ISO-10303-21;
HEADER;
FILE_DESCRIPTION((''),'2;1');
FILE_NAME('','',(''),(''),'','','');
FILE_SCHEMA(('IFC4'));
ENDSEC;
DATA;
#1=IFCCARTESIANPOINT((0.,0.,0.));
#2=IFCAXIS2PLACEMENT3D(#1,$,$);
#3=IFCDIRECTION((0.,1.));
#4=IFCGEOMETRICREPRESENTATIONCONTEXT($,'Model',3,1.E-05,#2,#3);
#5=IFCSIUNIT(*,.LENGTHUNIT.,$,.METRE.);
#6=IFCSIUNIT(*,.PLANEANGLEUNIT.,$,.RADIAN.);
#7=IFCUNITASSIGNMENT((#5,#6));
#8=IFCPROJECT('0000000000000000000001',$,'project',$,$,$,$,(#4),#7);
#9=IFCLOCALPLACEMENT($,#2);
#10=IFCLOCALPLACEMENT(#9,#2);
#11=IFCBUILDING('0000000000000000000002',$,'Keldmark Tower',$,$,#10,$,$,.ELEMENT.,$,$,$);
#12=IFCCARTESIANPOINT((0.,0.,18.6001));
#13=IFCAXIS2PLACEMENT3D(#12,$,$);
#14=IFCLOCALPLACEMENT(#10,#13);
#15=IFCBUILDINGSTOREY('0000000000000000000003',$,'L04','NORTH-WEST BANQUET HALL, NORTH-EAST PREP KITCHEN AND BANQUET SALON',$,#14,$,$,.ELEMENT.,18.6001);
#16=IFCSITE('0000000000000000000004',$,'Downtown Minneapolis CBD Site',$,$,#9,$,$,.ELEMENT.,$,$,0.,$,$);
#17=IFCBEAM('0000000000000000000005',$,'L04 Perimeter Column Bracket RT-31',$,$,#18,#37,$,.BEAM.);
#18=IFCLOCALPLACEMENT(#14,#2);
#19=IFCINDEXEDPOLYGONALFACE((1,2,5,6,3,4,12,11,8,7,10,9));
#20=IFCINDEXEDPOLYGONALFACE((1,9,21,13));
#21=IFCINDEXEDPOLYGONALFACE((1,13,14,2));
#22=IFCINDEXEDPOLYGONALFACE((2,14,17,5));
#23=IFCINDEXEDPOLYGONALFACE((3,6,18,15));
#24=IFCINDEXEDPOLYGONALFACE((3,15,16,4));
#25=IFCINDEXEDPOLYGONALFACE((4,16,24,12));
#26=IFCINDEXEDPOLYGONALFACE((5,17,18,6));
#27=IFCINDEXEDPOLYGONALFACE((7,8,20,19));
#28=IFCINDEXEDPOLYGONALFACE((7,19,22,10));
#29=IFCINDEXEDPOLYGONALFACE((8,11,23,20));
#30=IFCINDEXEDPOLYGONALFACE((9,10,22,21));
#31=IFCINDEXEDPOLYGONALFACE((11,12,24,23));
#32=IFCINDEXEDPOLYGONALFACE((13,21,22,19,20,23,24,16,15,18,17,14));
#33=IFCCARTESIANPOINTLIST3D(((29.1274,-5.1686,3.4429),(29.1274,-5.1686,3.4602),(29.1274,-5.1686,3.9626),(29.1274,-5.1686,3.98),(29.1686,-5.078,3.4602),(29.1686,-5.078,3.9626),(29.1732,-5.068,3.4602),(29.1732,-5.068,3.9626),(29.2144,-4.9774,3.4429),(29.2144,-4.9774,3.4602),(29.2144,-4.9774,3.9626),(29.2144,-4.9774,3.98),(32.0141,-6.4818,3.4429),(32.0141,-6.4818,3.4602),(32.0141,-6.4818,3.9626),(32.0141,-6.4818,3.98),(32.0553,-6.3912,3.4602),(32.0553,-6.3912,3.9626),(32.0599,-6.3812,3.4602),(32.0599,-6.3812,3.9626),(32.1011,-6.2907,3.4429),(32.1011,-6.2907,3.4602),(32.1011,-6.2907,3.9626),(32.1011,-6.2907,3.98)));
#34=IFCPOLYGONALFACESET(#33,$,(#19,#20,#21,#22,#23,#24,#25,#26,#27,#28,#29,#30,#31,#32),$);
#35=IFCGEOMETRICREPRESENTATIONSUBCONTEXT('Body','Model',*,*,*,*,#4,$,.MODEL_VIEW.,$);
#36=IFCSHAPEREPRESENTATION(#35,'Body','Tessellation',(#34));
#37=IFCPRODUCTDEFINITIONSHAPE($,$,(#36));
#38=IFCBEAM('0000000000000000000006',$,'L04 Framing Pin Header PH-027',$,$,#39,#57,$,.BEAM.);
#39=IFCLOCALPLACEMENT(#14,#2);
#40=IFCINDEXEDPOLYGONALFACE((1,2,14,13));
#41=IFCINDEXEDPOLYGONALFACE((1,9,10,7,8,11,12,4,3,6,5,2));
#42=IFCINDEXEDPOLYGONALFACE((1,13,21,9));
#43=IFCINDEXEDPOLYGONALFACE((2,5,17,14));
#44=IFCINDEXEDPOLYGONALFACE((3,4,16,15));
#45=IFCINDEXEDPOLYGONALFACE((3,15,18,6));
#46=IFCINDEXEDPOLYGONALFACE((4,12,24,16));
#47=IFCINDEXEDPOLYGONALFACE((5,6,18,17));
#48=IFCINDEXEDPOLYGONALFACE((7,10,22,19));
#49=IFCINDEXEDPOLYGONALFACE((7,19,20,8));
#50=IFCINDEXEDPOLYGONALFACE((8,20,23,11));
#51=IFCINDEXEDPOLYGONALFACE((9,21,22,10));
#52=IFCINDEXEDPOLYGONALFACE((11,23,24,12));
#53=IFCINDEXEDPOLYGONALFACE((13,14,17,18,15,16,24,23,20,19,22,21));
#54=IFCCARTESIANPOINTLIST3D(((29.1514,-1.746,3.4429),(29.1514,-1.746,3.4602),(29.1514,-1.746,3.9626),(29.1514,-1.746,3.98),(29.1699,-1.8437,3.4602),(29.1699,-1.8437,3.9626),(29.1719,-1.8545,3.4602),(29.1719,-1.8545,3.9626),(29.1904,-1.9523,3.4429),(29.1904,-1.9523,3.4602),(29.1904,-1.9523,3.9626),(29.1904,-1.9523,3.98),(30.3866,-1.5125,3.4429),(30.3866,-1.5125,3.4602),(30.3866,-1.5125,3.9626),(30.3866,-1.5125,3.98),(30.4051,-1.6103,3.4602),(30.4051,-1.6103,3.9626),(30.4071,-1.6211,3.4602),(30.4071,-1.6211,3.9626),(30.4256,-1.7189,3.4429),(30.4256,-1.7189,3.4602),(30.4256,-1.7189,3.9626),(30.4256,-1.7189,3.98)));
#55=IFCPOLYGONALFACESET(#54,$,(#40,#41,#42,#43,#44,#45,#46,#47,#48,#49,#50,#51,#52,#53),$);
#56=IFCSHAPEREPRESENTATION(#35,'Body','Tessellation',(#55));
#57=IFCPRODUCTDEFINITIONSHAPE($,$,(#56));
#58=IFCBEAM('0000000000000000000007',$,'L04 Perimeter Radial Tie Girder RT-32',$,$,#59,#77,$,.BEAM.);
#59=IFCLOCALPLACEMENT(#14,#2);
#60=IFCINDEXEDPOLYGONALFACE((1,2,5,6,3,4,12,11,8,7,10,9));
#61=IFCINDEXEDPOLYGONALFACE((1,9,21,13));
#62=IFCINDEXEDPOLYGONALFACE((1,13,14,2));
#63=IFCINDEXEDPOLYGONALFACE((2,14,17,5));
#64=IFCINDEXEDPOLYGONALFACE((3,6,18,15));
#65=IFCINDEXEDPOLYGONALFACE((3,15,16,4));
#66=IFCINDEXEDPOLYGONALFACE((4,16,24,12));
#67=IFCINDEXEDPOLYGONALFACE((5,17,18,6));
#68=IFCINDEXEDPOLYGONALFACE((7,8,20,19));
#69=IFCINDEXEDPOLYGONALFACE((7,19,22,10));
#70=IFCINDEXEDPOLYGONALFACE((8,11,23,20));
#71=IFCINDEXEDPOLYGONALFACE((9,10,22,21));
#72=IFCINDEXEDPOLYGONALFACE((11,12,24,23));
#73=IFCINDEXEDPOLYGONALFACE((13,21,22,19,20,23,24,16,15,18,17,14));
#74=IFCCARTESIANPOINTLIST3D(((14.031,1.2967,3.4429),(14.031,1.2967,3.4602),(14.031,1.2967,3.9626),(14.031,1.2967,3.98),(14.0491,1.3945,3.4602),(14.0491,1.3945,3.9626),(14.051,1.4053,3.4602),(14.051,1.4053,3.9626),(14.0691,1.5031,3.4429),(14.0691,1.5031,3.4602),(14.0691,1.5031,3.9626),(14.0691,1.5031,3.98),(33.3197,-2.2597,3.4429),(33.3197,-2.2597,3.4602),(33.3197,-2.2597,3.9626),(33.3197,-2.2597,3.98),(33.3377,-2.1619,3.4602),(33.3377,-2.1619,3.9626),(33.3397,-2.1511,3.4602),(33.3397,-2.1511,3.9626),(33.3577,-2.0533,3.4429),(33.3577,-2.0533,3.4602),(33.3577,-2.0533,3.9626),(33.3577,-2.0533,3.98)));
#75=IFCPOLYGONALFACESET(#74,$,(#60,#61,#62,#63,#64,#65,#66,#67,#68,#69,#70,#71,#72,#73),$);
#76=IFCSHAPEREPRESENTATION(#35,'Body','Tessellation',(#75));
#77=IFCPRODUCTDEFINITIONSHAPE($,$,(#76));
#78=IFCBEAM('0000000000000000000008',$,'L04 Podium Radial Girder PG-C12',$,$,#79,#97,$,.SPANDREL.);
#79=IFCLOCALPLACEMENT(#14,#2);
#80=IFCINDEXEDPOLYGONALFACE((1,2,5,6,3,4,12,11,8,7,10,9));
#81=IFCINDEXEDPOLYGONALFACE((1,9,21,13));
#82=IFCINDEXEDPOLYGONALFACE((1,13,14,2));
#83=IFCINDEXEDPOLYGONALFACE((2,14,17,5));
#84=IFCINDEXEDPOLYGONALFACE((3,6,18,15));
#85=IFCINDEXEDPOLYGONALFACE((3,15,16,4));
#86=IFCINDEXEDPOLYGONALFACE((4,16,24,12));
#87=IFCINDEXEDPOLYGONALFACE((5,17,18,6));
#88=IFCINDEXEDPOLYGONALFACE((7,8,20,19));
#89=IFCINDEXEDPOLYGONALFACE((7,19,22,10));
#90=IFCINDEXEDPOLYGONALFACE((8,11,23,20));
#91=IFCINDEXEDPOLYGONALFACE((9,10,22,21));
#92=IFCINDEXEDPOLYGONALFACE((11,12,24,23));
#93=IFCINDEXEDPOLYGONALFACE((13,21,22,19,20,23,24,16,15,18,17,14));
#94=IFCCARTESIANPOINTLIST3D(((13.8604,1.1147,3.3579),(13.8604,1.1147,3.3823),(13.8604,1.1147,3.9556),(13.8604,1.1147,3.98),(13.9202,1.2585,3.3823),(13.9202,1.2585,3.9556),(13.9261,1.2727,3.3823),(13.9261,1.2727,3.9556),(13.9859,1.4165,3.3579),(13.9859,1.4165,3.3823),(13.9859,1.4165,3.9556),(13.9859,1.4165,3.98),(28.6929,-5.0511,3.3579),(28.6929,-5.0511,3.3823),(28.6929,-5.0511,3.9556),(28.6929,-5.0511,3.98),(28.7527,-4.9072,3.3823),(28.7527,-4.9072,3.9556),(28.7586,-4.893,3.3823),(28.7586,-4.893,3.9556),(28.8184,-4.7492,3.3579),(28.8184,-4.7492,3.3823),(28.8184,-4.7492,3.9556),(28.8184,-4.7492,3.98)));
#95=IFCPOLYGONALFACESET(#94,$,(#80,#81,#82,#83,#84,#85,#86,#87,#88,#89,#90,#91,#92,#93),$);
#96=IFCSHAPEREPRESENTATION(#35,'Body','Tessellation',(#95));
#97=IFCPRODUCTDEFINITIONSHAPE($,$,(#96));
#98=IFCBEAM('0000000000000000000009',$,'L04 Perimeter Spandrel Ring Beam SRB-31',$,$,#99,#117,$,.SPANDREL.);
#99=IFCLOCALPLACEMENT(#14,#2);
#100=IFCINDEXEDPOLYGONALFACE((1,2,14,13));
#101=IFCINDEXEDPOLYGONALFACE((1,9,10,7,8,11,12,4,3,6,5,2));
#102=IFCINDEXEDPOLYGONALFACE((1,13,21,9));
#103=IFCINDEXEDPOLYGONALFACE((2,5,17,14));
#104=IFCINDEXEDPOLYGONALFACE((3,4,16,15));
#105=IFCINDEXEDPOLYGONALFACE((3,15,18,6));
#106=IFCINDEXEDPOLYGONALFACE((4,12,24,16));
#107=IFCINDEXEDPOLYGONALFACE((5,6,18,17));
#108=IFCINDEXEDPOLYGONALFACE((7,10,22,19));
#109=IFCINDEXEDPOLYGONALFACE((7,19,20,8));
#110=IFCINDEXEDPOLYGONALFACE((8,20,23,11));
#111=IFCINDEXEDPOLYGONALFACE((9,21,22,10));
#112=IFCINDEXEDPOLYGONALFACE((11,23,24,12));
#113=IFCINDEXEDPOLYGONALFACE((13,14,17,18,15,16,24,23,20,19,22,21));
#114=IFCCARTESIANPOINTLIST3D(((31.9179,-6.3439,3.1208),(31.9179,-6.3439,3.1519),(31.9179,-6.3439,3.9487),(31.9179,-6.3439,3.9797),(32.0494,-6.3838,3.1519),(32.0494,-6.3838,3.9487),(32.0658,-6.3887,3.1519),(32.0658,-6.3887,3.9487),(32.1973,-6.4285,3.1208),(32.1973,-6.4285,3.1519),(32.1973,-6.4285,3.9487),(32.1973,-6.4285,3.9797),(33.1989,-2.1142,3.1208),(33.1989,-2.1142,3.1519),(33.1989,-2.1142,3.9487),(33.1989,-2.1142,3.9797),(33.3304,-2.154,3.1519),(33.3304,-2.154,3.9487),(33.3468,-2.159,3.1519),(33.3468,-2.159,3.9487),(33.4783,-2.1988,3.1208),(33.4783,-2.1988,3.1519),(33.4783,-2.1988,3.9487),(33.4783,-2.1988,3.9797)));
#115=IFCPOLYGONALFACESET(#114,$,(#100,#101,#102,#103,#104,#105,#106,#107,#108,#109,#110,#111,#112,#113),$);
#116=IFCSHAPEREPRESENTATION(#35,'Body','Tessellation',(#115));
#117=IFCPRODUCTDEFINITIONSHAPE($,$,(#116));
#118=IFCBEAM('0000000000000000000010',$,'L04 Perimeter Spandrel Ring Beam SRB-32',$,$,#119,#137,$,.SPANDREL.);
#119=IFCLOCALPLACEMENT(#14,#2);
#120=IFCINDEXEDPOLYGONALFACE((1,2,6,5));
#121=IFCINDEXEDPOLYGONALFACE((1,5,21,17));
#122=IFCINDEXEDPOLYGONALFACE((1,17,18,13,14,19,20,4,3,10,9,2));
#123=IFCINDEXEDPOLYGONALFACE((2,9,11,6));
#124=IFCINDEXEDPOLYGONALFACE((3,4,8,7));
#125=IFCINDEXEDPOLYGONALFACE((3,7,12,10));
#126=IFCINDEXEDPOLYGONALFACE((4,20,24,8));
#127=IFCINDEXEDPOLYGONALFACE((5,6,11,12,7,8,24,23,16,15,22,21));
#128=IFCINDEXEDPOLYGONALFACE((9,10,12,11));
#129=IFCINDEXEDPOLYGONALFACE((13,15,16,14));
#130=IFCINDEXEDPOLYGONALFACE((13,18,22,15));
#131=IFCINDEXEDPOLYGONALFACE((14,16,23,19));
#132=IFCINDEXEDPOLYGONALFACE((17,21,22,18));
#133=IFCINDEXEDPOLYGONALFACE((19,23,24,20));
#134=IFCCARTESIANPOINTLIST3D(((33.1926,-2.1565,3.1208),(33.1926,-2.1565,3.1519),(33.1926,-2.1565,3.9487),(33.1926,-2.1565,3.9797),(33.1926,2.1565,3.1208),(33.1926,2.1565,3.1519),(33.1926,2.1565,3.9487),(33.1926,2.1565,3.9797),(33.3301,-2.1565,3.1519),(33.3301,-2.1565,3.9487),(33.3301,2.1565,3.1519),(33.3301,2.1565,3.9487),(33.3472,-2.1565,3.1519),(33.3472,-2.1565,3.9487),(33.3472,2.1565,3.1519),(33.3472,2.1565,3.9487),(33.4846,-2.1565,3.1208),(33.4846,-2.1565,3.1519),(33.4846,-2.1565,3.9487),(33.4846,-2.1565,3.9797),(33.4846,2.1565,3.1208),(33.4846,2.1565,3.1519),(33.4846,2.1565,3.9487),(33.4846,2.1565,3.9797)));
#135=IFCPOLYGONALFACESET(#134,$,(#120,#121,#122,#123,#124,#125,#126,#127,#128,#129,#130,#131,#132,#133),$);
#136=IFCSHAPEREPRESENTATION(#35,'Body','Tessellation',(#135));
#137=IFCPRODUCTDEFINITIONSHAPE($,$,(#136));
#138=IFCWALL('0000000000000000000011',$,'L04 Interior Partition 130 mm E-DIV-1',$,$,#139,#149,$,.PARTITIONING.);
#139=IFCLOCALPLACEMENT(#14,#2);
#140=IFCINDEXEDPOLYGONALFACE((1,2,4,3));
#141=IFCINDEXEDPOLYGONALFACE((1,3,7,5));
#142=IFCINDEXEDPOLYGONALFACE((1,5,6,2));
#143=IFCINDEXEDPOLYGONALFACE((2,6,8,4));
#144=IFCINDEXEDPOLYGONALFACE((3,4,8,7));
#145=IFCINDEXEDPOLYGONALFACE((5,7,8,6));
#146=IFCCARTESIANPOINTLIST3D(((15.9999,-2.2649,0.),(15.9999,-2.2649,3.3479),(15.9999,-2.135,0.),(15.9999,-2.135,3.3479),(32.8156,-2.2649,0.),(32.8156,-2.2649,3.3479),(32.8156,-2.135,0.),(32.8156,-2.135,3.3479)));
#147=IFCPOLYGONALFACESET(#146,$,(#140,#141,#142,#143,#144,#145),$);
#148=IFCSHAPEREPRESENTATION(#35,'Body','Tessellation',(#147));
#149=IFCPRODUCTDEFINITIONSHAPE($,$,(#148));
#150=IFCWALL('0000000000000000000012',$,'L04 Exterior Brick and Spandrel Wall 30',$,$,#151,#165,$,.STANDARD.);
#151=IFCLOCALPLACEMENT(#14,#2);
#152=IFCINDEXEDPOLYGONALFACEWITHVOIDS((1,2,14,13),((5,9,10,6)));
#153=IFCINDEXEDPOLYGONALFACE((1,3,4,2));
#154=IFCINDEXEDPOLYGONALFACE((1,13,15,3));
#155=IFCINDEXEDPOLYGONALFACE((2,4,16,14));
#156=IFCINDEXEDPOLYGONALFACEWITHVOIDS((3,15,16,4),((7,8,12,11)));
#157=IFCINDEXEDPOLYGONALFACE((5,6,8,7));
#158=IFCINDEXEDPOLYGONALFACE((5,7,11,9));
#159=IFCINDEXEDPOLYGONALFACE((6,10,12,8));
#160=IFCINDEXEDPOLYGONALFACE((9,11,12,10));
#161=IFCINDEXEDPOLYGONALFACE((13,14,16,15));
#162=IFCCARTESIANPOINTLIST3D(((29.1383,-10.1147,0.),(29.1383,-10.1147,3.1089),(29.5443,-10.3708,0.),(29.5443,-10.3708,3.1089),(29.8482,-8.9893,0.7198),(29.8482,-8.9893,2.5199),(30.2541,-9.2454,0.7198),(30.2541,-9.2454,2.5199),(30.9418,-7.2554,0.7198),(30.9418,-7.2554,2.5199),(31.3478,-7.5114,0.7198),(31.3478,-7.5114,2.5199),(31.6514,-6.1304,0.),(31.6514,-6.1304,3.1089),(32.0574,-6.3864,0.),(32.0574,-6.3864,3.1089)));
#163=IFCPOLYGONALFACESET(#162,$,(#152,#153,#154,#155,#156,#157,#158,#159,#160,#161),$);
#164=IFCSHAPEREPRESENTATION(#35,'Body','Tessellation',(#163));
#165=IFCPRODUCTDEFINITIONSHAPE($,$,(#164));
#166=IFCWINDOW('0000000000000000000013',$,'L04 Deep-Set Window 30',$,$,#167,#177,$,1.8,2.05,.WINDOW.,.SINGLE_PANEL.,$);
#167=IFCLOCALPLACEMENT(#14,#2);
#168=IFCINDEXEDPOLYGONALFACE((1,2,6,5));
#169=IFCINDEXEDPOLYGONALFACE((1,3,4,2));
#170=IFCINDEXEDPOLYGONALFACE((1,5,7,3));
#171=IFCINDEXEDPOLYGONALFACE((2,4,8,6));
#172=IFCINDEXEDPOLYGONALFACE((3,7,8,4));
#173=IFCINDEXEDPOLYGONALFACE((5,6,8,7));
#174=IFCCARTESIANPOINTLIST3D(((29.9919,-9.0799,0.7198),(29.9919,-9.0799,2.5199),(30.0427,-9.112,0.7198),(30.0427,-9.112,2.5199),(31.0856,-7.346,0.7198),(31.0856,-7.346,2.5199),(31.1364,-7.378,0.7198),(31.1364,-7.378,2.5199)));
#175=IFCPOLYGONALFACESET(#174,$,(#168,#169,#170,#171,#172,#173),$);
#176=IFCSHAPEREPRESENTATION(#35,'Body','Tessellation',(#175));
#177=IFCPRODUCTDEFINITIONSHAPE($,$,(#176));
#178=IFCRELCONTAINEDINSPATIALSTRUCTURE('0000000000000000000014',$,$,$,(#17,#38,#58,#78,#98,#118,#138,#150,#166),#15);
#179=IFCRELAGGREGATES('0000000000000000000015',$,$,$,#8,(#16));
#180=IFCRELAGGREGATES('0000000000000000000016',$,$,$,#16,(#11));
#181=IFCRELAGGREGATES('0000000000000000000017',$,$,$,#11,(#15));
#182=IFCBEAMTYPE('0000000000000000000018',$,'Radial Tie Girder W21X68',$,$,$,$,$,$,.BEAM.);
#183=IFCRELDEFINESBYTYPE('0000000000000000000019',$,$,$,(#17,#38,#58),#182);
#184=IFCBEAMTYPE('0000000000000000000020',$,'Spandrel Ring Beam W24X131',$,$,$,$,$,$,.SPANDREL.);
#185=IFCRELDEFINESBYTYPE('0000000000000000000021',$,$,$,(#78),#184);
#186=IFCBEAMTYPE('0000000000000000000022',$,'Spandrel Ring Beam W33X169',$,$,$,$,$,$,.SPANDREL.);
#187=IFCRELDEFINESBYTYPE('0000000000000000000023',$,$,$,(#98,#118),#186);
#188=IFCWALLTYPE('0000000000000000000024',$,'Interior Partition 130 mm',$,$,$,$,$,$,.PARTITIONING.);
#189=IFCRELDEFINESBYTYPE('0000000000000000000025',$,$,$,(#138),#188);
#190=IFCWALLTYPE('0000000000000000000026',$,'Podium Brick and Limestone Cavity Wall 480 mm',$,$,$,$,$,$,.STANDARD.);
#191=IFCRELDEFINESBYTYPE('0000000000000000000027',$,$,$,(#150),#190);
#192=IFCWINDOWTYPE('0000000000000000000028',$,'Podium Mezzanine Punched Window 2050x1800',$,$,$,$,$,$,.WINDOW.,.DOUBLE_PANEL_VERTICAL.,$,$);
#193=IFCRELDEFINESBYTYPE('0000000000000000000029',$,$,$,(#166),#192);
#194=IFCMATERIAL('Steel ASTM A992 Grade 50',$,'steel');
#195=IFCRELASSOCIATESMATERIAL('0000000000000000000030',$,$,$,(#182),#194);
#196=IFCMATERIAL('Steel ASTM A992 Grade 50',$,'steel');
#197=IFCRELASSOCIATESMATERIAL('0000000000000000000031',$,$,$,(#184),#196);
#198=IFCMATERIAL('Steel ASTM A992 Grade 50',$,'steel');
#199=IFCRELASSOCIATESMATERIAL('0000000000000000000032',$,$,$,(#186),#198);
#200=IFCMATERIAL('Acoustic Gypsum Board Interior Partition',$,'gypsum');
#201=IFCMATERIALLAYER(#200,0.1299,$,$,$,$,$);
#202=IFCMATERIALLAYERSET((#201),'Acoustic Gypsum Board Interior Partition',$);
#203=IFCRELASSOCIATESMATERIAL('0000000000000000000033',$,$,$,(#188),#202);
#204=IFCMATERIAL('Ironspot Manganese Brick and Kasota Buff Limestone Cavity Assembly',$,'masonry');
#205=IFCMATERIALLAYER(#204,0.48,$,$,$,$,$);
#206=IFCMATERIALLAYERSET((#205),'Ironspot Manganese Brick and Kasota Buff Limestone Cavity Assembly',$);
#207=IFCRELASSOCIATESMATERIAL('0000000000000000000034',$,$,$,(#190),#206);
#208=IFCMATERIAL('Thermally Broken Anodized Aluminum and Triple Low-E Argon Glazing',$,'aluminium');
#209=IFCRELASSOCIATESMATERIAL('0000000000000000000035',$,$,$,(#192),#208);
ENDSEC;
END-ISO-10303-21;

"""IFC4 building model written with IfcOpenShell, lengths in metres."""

from ifc_helpers import new_model, si_unit, direction, frame, frame_2d, origin, origin_2d, place, context, subcontext, project, spatial, rectangle, i_section, extrude, material, layer, layer_set, material_profile, profile_set, type_object, element, fill, save


model = new_model("IFC4")

# Units and contexts
model_context = context("Model", 3, precision=1e-05, world=origin(), true_north=direction((0.0, 1.0)))
body_context = subcontext(model_context, "Body", "Model", "MODEL_VIEW")
ifc_project = project(units=[si_unit("LENGTHUNIT", "METRE"), si_unit("PLANEANGLEUNIT", "RADIAN")], contexts=[model_context])

# Site, building, storey
site_placement = place(None, origin())
site = spatial("IfcSite", under=ifc_project, at=site_placement, Name="Downtown Minneapolis CBD Site", CompositionType="ELEMENT", RefElevation=0.0)
building_placement = place(site_placement, origin())
building = spatial("IfcBuilding", under=site, at=building_placement, Name="Keldmark Tower", CompositionType="ELEMENT")
storey_placement = place(building_placement, frame((0.0, 0.0, 18.6001)))
storey = spatial("IfcBuildingStorey", under=building, at=storey_placement, Name="L04", Description="NORTH-WEST BANQUET HALL, NORTH-EAST PREP KITCHEN AND BANQUET SALON", CompositionType="ELEMENT", Elevation=18.6001)

# Beams
ifc_material_1 = material(Name="Steel ASTM A992 Grade 50", Category="steel")
ifc_material_profile_1 = material_profile(ifc_material_1, i_section(OverallWidth=0.21, OverallDepth=0.5371, WebThickness=0.011, FlangeThickness=0.0173, at=origin_2d()), Name="W21X68")
ifc_profile_set_1 = profile_set([ifc_material_profile_1], Name="Steel ASTM A992 Grade 50")
beam_type_1 = type_object("IfcBeamType", Name="Radial Tie Girder W21X68", PredefinedType="BEAM", material=ifc_profile_set_1)
beam_1_placement = place(storey_placement, frame((29.1709, -5.073, 3.7114), z_axis=(0.910237, -0.414087, 0.0), x_axis=(0.414087, 0.910237, 0.0)))
element("IfcBeam", 1, at=beam_1_placement, inside=storey, type_object=beam_type_1, Name="L04 Perimeter Column Bracket RT-31", PredefinedType="BEAM", context=body_context, shape_type="SweptSolid", body=[
    extrude(i_section(OverallWidth=0.21, OverallDepth=0.5371, WebThickness=0.011, FlangeThickness=0.0173, at=origin_2d()), origin(), (0.0, 0.0, 1.0), 3.1714),
])
beam_2_placement = place(storey_placement, frame((29.1709, -1.8491, 3.7114), z_axis=(0.98261, 0.185684, 0.0), x_axis=(-0.185684, 0.98261, 0.0)))
element("IfcBeam", 2, at=beam_2_placement, inside=storey, type_object=beam_type_1, Name="L04 Framing Pin Header PH-027", PredefinedType="BEAM", context=body_context, shape_type="SweptSolid", body=[
    extrude(i_section(OverallWidth=0.21, OverallDepth=0.5371, WebThickness=0.011, FlangeThickness=0.0173, at=origin_2d()), origin(), (0.0, 0.0, 1.0), 1.2571),
])
beam_3_placement = place(storey_placement, frame((14.05, 1.3999, 3.7114), z_axis=(0.983424, -0.181322, 0.0), x_axis=(0.181322, 0.983424, 0.0)))
element("IfcBeam", 3, at=beam_3_placement, inside=storey, type_object=beam_type_1, Name="L04 Perimeter Radial Tie Girder RT-32", PredefinedType="BEAM", context=body_context, shape_type="SweptSolid", body=[
    extrude(i_section(OverallWidth=0.21, OverallDepth=0.5371, WebThickness=0.011, FlangeThickness=0.0173, at=origin_2d()), origin(), (0.0, 0.0, 1.0), 19.6138),
])
ifc_material_2 = material(Name="Steel ASTM A992 Grade 50", Category="steel")
ifc_material_profile_2 = material_profile(ifc_material_2, i_section(OverallWidth=0.3269, OverallDepth=0.6221, WebThickness=0.0154, FlangeThickness=0.0244, at=origin_2d()), Name="W24X131")
ifc_profile_set_2 = profile_set([ifc_material_profile_2], Name="Steel ASTM A992 Grade 50")
beam_type_2 = type_object("IfcBeamType", Name="Spandrel Ring Beam W24X131", PredefinedType="SPANDREL", material=ifc_profile_set_2)
beam_4_placement = place(storey_placement, frame((28.7556, -4.9001, 3.6689), z_axis=(-0.923396, 0.383849, 0.0), x_axis=(-0.383849, -0.923396, 0.0)))
element("IfcBeam", 4, at=beam_4_placement, inside=storey, type_object=beam_type_2, Name="L04 Podium Radial Girder PG-C12", PredefinedType="SPANDREL", context=body_context, shape_type="SweptSolid", body=[
    extrude(i_section(OverallWidth=0.3269, OverallDepth=0.6221, WebThickness=0.0154, FlangeThickness=0.0244, at=origin_2d()), origin(), (0.0, 0.0, 1.0), 16.063),
])
ifc_material_3 = material(Name="Steel ASTM A992 Grade 50", Category="steel")
ifc_material_profile_3 = material_profile(ifc_material_3, i_section(OverallWidth=0.292, OverallDepth=0.8589, WebThickness=0.0171, FlangeThickness=0.031, at=origin_2d()), Name="W33X169")
ifc_profile_set_3 = profile_set([ifc_material_profile_3], Name="Steel ASTM A992 Grade 50")
beam_type_3 = type_object("IfcBeamType", Name="Spandrel Ring Beam W33X169", PredefinedType="SPANDREL", material=ifc_profile_set_3)
beam_5_placement = place(storey_placement, frame((32.0576, -6.3862, 3.5503), z_axis=(0.289856, 0.95707, 0.0), x_axis=(-0.95707, 0.289856, 0.0)))
element("IfcBeam", 5, at=beam_5_placement, inside=storey, type_object=beam_type_3, Name="L04 Perimeter Spandrel Ring Beam SRB-31", PredefinedType="SPANDREL", context=body_context, shape_type="SweptSolid", body=[
    extrude(i_section(OverallWidth=0.292, OverallDepth=0.8589, WebThickness=0.0171, FlangeThickness=0.031, at=origin_2d()), origin(), (0.0, 0.0, 1.0), 4.4194),
])
beam_6_placement = place(storey_placement, frame((33.3386, -2.1565, 3.5503), z_axis=(0.0, 1.0, 0.0), x_axis=(-1.0, 0.0, 0.0)))
element("IfcBeam", 6, at=beam_6_placement, inside=storey, type_object=beam_type_3, Name="L04 Perimeter Spandrel Ring Beam SRB-32", PredefinedType="SPANDREL", context=body_context, shape_type="SweptSolid", body=[
    extrude(i_section(OverallWidth=0.292, OverallDepth=0.8589, WebThickness=0.0171, FlangeThickness=0.031, at=origin_2d()), origin(), (0.0, 0.0, 1.0), 4.313),
])

# Wall
ifc_material_4 = material(Name="Acoustic Gypsum Board Interior Partition", Category="gypsum")
ifc_layer_1 = layer(ifc_material_4, 0.1299)
ifc_layer_set_1 = layer_set([ifc_layer_1], Name="Acoustic Gypsum Board Interior Partition")
wall_type_1 = type_object("IfcWallType", Name="Interior Partition 130 mm", PredefinedType="PARTITIONING", material=ifc_layer_set_1)
wall_1_placement = place(storey_placement, frame((16.0, -2.2, 0.0), z_axis=(0.0, 0.0, 1.0), x_axis=(1.0, 0.0, 0.0)))
element("IfcWall", 7, at=wall_1_placement, inside=storey, type_object=wall_type_1, Name="L04 Interior Partition 130 mm E-DIV-1", PredefinedType="PARTITIONING", context=body_context, shape_type="SweptSolid", body=[
    extrude(rectangle(XDim=16.8157, YDim=0.1299, at=frame_2d((8.4077, 0.0))), origin(), (0.0, 0.0, 1.0), 3.3479),
])

# Wall, opening, window
ifc_material_5 = material(Name="Ironspot Manganese Brick and Kasota Buff Limestone Cavity Assembly", Category="masonry")
ifc_layer_2 = layer(ifc_material_5, 0.48)
ifc_layer_set_2 = layer_set([ifc_layer_2], Name="Ironspot Manganese Brick and Kasota Buff Limestone Cavity Assembly")
wall_type_2 = type_object("IfcWallType", Name="Podium Brick and Limestone Cavity Wall 480 mm", PredefinedType="STANDARD", material=ifc_layer_set_2)
wall_2_placement = place(storey_placement, frame((31.8545, -6.2583, 0.0), z_axis=(0.0, 0.0, 1.0), x_axis=(-0.533498, -0.845802, 0.0)))
wall_2 = element("IfcWall", 8, at=wall_2_placement, inside=storey, type_object=wall_type_2, Name="L04 Exterior Brick and Spandrel Wall 30", PredefinedType="STANDARD", context=body_context, shape_type="SweptSolid", body=[
    extrude(rectangle(XDim=4.7107, YDim=0.48, at=frame_2d((2.3555, 0.0))), origin(), (0.0, 0.0, 1.0), 3.1089),
])
opening_1_placement = place(wall_2_placement, frame((1.3303, 0.0, 0.72)))
opening_1 = element("IfcOpeningElement", 9, at=opening_1_placement, cuts=wall_2, PredefinedType="OPENING", context=body_context, shape_type="SweptSolid", body=[
    extrude(rectangle(XDim=2.05, YDim=1.8, at=frame_2d((1.0249, 0.8999))), frame((0.0, 0.25, 0.0), z_axis=(0.0, -1.0, 0.0), x_axis=(1.0, 0.0, 0.0)), (0.0, 0.0, 1.0), 0.5),
])
ifc_material_6 = material(Name="Thermally Broken Anodized Aluminum and Triple Low-E Argon Glazing", Category="aluminium")
window_type = type_object("IfcWindowType", Name="Podium Mezzanine Punched Window 2050x1800", PartitioningType="DOUBLE_PANEL_VERTICAL", PredefinedType="WINDOW", material=ifc_material_6)
window_1_placement = place(opening_1_placement, origin())
window_1 = element("IfcWindow", 10, at=window_1_placement, inside=storey, type_object=window_type, Name="L04 Deep-Set Window 30", OverallHeight=1.8, OverallWidth=2.05, PartitioningType="SINGLE_PANEL", PredefinedType="WINDOW", context=body_context, shape_type="SweptSolid", body=[
    extrude(rectangle(XDim=2.05, YDim=1.8, at=frame_2d((1.0249, 0.8999))), frame((0.0, -0.01, 0.0), z_axis=(0.0, -1.0, 0.0), x_axis=(1.0, 0.0, 0.0)), (0.0, 0.0, 1.0), 0.0601),
])
fill(opening_1, window_1)

save(model, "model.ifc")
